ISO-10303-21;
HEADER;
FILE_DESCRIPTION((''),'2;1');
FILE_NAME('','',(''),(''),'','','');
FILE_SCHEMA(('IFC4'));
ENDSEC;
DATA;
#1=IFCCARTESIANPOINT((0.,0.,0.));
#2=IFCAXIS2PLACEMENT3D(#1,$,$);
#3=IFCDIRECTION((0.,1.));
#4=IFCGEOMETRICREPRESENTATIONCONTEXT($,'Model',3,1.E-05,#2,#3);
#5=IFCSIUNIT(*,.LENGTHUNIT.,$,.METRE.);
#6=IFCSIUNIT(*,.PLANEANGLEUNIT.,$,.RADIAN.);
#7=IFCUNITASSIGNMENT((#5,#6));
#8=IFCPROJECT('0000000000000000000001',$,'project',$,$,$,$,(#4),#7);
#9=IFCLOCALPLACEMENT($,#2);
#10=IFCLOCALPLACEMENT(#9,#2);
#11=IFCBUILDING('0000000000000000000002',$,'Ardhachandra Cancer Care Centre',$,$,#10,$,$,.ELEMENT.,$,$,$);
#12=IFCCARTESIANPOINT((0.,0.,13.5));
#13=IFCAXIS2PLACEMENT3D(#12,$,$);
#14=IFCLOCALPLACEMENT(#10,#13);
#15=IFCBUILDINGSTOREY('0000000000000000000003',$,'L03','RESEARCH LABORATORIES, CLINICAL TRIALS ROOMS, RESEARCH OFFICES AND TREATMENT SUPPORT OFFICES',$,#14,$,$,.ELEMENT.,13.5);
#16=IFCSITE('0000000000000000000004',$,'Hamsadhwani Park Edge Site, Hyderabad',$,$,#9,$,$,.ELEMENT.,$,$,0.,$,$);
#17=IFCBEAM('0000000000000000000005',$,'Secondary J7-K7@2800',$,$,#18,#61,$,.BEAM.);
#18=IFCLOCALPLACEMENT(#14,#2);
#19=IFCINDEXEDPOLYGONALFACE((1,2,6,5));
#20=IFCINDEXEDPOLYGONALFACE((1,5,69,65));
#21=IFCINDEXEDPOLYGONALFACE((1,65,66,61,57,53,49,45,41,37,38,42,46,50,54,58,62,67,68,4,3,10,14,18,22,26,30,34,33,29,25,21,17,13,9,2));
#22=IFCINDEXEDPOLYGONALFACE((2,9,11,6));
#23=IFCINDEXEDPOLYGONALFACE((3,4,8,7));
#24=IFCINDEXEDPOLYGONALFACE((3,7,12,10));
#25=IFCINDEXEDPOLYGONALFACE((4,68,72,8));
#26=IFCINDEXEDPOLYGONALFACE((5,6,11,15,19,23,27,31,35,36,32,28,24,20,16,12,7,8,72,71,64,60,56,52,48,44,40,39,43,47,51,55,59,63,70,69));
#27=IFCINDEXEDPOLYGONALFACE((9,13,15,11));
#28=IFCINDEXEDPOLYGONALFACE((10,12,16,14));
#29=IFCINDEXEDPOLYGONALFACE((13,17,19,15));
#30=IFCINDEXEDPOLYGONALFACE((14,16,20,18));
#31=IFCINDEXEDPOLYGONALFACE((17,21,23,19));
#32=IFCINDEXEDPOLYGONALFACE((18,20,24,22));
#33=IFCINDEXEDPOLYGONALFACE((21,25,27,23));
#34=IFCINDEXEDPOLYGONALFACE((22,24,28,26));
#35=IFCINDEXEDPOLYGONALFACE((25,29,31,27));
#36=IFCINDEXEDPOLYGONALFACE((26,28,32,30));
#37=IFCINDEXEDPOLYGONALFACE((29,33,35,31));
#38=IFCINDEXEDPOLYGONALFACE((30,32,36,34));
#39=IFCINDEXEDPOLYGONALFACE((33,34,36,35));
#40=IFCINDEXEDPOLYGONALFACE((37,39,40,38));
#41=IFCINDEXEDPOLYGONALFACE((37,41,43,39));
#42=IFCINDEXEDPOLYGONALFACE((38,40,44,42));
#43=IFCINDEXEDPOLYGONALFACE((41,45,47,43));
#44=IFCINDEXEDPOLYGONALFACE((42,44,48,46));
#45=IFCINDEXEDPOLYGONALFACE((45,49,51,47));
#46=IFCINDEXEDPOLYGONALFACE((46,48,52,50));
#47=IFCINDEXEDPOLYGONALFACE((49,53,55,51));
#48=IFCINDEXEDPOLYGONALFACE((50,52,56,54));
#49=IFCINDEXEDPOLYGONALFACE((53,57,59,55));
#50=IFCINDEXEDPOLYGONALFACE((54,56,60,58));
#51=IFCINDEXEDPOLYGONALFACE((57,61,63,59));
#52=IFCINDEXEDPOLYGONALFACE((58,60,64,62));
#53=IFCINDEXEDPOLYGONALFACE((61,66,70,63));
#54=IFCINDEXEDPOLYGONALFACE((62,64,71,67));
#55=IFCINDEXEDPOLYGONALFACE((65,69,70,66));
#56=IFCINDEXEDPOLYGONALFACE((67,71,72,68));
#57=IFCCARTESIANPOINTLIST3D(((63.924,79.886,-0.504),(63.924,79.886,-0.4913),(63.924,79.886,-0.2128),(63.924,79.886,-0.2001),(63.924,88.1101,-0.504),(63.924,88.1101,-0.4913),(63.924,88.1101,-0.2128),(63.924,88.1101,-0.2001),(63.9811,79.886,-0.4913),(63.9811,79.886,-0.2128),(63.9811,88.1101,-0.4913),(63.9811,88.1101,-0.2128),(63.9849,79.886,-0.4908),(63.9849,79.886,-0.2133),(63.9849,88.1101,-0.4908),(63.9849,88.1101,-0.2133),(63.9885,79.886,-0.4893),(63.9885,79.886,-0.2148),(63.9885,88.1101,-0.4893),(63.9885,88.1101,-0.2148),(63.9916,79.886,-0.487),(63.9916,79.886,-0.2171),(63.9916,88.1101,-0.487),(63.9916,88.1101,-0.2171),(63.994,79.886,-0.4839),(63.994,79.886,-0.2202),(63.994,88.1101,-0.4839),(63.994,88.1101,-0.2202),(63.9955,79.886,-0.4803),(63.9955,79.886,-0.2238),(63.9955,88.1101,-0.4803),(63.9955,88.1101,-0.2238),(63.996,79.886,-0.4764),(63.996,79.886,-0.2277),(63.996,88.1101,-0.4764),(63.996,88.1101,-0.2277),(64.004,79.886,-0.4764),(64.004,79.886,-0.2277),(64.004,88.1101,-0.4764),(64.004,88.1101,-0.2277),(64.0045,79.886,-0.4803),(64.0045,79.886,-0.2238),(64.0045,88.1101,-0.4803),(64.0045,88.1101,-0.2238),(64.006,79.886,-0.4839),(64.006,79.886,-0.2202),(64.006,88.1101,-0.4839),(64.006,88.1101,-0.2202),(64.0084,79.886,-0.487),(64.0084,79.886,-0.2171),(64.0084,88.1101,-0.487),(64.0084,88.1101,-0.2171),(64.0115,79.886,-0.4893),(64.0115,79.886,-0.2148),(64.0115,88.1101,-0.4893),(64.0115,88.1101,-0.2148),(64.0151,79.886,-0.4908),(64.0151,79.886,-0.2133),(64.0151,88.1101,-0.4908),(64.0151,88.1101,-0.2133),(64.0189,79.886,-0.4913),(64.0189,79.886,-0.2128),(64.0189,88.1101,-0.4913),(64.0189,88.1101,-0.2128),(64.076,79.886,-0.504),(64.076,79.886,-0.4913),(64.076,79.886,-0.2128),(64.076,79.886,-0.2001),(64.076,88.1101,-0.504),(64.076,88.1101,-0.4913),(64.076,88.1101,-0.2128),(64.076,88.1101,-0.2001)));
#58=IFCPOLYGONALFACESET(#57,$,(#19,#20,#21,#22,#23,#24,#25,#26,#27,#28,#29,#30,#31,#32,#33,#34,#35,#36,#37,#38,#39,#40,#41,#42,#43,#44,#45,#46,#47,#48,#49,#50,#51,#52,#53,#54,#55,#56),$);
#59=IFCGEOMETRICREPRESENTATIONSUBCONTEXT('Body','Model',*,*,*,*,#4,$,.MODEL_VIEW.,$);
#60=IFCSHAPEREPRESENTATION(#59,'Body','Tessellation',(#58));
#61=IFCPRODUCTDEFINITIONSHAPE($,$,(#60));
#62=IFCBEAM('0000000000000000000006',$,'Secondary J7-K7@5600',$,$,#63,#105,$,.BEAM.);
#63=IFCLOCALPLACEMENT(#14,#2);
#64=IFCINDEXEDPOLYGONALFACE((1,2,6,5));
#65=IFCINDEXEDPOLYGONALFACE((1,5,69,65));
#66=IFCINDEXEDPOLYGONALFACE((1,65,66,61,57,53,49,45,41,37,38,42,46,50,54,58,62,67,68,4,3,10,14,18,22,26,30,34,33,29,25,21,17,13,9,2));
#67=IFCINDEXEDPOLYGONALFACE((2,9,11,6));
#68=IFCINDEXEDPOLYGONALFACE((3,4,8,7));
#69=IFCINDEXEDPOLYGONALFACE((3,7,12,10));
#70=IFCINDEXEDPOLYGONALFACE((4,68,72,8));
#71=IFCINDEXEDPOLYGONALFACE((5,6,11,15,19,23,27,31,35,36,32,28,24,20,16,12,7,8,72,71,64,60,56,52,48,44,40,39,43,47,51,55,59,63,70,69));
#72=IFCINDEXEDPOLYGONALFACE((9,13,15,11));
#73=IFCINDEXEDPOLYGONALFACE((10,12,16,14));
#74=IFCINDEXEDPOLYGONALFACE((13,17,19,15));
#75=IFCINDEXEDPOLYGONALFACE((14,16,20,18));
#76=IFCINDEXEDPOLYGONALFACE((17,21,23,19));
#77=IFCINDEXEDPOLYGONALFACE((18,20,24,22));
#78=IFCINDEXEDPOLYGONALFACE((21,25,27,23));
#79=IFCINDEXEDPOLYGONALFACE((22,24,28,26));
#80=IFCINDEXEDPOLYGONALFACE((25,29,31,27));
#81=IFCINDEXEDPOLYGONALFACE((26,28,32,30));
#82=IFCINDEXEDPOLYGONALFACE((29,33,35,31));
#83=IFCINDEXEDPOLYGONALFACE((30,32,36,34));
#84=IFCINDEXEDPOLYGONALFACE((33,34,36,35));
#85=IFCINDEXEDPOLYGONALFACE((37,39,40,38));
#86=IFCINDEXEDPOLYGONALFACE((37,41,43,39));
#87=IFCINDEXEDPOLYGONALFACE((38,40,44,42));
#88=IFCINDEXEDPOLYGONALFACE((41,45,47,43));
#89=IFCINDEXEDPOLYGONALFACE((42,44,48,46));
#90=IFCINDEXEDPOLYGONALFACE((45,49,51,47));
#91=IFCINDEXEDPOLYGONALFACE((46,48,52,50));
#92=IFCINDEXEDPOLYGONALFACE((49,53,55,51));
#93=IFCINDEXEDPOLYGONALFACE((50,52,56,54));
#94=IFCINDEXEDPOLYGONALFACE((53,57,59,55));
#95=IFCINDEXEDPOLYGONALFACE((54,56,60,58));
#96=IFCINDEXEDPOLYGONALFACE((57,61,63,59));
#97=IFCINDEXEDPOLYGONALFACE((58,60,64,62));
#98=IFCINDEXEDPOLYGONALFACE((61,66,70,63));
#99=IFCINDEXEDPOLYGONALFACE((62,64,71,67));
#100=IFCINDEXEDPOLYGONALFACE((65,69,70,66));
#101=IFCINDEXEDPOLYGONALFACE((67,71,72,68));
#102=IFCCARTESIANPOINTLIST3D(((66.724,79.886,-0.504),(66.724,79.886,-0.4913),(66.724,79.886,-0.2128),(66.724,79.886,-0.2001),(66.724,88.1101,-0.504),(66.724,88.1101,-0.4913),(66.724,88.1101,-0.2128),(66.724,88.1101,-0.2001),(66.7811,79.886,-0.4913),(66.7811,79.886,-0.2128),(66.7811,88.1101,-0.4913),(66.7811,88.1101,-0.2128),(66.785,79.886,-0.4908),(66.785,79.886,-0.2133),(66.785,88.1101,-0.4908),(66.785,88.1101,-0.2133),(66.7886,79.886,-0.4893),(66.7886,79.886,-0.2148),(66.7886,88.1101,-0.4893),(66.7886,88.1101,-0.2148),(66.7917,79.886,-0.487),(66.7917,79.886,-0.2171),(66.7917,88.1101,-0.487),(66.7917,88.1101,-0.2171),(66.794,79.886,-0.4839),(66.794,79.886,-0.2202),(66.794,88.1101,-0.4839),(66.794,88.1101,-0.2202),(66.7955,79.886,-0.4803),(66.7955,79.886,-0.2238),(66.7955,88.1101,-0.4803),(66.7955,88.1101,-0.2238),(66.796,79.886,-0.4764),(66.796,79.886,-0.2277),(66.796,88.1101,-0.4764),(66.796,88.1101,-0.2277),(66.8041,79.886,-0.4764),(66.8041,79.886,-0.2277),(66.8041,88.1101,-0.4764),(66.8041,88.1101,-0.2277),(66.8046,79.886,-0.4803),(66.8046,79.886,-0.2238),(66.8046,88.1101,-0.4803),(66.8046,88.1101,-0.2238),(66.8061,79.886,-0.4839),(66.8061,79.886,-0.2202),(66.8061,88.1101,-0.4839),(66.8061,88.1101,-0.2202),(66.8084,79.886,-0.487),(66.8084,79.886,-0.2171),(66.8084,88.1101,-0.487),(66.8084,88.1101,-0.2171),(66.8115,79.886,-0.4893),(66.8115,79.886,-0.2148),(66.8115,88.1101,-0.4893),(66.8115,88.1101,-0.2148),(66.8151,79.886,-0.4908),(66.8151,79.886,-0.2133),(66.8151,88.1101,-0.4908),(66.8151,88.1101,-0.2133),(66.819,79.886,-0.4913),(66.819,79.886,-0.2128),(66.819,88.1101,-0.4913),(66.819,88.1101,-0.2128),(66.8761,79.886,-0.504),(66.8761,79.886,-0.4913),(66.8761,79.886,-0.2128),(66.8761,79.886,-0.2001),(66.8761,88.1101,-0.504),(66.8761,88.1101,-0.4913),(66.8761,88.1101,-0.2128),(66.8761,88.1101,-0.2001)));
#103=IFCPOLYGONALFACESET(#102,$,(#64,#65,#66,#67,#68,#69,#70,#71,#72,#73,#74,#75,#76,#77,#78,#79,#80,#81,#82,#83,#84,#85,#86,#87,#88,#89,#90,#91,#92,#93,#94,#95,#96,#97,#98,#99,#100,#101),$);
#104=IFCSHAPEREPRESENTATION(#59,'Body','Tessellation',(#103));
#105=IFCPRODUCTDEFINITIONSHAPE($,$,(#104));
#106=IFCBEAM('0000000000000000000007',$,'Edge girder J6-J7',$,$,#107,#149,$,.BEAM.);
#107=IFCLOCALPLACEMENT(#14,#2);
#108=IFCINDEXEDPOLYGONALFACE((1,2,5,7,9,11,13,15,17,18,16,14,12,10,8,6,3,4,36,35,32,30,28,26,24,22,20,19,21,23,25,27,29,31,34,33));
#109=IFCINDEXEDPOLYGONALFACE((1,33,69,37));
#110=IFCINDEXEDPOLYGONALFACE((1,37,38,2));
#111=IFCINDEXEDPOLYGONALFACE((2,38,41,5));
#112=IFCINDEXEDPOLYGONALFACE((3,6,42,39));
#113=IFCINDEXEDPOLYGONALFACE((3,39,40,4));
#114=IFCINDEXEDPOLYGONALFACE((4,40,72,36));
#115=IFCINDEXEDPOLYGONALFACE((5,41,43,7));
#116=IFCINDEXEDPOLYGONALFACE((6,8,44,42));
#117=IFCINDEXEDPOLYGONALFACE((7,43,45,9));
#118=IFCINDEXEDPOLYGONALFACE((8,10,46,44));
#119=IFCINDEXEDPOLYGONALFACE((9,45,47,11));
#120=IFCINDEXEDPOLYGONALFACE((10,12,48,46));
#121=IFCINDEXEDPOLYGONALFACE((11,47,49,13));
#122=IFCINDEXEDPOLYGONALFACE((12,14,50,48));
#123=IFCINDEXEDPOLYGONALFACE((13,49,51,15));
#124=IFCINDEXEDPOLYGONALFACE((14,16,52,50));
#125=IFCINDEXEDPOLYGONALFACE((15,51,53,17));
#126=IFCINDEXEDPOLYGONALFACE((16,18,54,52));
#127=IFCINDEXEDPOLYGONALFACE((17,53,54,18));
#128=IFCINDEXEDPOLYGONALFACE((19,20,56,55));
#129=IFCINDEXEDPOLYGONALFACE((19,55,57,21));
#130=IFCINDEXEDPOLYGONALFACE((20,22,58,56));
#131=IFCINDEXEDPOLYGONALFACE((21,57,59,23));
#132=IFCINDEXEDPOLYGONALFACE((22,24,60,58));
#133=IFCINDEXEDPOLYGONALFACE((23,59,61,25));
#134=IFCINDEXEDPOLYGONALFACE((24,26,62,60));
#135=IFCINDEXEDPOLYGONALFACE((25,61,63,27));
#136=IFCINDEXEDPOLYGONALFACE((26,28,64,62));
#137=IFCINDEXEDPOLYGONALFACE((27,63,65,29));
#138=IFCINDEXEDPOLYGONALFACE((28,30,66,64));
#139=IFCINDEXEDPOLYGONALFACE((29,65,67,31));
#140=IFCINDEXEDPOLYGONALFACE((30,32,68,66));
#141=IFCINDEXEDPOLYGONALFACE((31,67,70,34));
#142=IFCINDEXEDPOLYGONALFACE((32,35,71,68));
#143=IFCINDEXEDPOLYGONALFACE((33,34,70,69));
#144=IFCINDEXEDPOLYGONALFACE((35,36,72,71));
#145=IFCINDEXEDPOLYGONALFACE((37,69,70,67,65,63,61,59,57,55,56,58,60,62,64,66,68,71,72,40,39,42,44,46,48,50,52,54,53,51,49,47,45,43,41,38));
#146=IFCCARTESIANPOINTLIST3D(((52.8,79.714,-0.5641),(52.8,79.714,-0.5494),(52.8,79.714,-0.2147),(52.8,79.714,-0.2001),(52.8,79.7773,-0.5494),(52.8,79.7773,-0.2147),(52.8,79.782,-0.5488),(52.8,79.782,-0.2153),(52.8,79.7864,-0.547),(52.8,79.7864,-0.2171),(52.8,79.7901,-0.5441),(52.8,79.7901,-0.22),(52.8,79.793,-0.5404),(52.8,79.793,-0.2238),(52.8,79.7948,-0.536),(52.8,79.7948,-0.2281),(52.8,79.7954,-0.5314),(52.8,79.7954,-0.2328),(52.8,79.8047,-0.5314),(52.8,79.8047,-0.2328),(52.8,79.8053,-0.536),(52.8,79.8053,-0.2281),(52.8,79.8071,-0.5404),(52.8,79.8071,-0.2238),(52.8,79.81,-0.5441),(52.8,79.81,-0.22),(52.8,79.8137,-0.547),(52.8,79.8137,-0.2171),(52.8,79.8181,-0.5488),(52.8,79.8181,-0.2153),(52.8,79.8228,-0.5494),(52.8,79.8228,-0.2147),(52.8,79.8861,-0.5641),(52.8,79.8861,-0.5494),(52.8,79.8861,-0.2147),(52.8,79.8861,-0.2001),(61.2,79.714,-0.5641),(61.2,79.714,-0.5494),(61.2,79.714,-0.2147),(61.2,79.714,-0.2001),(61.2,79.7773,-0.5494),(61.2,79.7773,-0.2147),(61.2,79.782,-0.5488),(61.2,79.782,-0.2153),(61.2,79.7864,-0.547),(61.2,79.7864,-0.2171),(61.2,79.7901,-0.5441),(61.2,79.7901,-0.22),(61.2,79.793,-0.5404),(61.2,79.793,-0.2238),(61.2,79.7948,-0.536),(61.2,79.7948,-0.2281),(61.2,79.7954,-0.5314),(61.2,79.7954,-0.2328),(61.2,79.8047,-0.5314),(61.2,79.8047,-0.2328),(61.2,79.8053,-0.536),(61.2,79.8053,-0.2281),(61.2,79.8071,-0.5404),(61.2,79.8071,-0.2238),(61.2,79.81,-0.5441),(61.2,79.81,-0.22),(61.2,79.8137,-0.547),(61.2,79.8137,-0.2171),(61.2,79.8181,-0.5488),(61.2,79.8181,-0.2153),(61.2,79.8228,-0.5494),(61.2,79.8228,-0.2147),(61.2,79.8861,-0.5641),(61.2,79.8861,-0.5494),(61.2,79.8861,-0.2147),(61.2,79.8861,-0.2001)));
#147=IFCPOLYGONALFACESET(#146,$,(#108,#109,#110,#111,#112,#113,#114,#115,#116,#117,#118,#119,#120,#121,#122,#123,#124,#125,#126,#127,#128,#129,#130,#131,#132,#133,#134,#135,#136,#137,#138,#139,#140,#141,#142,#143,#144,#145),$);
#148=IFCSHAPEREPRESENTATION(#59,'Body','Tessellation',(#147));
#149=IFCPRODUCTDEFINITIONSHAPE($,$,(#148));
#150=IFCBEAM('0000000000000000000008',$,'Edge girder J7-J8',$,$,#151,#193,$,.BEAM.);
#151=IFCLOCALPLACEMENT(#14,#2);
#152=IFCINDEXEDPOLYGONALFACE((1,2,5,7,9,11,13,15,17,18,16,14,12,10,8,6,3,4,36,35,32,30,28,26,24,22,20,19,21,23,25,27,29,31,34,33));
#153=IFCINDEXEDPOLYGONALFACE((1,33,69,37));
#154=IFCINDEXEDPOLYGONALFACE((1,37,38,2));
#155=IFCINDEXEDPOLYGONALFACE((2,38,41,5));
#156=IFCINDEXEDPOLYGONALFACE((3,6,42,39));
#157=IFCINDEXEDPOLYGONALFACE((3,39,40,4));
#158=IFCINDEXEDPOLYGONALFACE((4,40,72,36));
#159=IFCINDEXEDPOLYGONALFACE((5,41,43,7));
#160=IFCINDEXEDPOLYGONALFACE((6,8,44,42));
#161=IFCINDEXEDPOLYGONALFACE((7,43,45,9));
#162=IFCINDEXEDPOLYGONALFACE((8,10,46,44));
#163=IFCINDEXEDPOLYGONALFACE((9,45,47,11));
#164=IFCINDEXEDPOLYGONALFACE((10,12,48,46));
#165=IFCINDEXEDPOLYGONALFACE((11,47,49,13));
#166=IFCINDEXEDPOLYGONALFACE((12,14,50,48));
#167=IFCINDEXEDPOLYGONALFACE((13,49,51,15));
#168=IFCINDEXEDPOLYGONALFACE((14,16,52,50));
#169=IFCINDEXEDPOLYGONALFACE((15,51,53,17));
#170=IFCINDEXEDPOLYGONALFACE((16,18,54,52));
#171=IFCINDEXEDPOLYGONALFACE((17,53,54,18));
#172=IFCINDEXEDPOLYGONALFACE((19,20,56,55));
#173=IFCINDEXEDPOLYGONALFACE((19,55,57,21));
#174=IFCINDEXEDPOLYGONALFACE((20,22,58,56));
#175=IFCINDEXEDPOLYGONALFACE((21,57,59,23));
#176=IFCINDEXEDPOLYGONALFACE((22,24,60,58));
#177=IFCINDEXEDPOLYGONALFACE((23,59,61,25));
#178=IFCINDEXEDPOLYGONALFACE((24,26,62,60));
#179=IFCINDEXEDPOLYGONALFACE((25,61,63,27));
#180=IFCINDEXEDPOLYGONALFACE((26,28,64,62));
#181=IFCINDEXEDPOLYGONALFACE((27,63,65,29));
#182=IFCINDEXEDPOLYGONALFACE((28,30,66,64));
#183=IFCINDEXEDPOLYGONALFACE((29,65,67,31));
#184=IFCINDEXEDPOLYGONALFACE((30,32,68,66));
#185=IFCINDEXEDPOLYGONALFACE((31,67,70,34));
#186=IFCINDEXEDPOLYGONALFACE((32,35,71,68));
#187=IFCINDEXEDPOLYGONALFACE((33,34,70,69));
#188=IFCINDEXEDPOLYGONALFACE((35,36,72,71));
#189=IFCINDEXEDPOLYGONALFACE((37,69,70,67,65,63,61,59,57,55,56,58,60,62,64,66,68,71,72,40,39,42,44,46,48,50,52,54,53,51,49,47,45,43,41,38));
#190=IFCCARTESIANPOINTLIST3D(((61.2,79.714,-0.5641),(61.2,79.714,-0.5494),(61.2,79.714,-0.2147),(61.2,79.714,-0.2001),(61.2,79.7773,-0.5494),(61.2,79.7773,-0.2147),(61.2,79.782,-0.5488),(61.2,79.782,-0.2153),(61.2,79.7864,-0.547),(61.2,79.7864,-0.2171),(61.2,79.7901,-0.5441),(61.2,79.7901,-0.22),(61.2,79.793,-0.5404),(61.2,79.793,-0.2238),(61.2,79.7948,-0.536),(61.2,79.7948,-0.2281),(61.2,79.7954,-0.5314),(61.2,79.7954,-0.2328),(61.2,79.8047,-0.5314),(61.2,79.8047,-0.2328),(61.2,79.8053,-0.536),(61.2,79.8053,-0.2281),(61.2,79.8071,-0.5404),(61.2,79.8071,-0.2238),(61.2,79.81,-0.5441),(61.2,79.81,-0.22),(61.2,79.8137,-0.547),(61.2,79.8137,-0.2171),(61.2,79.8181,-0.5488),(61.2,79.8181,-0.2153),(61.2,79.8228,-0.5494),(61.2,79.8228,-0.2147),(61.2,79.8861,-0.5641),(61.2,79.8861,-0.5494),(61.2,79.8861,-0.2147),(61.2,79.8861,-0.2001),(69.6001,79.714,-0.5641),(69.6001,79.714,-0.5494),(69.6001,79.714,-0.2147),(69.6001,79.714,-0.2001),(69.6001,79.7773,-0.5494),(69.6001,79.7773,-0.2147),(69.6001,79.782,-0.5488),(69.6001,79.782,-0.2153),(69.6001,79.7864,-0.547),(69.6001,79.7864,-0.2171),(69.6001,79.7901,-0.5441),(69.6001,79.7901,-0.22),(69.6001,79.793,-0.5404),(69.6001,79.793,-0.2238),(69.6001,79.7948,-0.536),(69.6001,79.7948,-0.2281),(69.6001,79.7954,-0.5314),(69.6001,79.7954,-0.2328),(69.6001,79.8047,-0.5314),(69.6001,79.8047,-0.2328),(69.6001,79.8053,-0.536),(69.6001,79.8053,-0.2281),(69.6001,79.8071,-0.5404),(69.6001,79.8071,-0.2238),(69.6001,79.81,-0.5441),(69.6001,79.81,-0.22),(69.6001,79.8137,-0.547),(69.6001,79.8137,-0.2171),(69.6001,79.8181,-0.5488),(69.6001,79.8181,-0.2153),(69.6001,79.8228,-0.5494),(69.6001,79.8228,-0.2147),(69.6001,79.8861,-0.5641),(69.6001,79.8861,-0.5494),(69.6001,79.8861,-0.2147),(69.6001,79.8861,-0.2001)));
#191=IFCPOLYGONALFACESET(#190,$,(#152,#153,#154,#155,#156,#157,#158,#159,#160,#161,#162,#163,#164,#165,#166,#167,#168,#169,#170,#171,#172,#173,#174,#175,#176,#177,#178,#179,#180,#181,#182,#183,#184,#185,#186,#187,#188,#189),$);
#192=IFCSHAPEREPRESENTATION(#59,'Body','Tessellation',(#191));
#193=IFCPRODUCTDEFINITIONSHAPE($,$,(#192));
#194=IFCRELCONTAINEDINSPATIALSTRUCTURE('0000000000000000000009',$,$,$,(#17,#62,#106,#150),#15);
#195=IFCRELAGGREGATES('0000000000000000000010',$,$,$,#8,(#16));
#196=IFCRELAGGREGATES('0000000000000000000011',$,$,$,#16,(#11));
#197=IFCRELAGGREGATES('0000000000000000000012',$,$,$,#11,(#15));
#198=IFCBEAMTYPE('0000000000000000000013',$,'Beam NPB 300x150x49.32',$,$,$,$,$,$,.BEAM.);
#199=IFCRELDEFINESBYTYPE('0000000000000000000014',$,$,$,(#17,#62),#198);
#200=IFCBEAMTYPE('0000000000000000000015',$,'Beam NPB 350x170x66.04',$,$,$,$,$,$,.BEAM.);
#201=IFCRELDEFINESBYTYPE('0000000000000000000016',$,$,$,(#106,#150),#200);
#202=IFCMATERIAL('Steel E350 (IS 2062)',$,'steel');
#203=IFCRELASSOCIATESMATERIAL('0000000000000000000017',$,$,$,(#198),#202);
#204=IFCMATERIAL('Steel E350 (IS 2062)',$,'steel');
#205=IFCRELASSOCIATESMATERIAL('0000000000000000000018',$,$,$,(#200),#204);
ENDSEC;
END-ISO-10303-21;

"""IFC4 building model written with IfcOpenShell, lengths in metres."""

from ifc_helpers import new_model, si_unit, direction, frame, origin, origin_2d, place, context, subcontext, project, spatial, i_section, extrude, material, material_profile, profile_set, type_object, element, save


model = new_model("IFC4")

# Units and contexts
model_context = context("Model", 3, precision=1e-05, world=origin(), true_north=direction((0.0, 1.0)))
body_context = subcontext(model_context, "Body", "Model", "MODEL_VIEW")
ifc_project = project(units=[si_unit("LENGTHUNIT", "METRE"), si_unit("PLANEANGLEUNIT", "RADIAN")], contexts=[model_context])

# Site, building, storey
site_placement = place(None, origin())
site = spatial("IfcSite", under=ifc_project, at=site_placement, Name="Hamsadhwani Park Edge Site, Hyderabad", CompositionType="ELEMENT", RefElevation=0.0)
building_placement = place(site_placement, origin())
building = spatial("IfcBuilding", under=site, at=building_placement, Name="Ardhachandra Cancer Care Centre", CompositionType="ELEMENT")
storey_placement = place(building_placement, frame((0.0, 0.0, 13.5)))
storey = spatial("IfcBuildingStorey", under=building, at=storey_placement, Name="L03", Description="RESEARCH LABORATORIES, CLINICAL TRIALS ROOMS, RESEARCH OFFICES AND TREATMENT SUPPORT OFFICES", CompositionType="ELEMENT", Elevation=13.5)

# Beams
ifc_material_1 = material(Name="Steel E350 (IS 2062)", Category="steel")
ifc_material_profile_1 = material_profile(ifc_material_1, i_section(OverallWidth=0.1521, OverallDepth=0.304, WebThickness=0.0081, FlangeThickness=0.0127, FilletRadius=0.0149, at=origin_2d()), Name="NPB 300x150x49.32")
ifc_profile_set_1 = profile_set([ifc_material_profile_1], Name="Steel E350 (IS 2062)")
beam_type_1 = type_object("IfcBeamType", Name="Beam NPB 300x150x49.32", PredefinedType="BEAM", material=ifc_profile_set_1)
for number, where, z_axis, x_axis, name in (
    (1, (64.0, 79.886, -0.3521), (0.0, 1.0, 0.0), (-1.0, 0.0, 0.0), "Secondary J7-K7@2800"),
    (2, (66.8, 79.886, -0.3521), (0.0, 1.0, 0.0), (-1.0, 0.0, 0.0), "Secondary J7-K7@5600"),
):
    element("IfcBeam", number, at=place(storey_placement, frame(where, z_axis=z_axis, x_axis=x_axis)), inside=storey, type_object=beam_type_1, Name=name, PredefinedType="BEAM", context=body_context, shape_type="SweptSolid", body=[
        extrude(i_section(OverallWidth=0.1521, OverallDepth=0.304, WebThickness=0.0081, FlangeThickness=0.0127, FilletRadius=0.0149, at=origin_2d()), origin(), (0.0, 0.0, 1.0), 8.2241),
    ])
ifc_material_2 = material(Name="Steel E350 (IS 2062)", Category="steel")
ifc_material_profile_2 = material_profile(ifc_material_2, i_section(OverallWidth=0.1721, OverallDepth=0.364, WebThickness=0.0093, FlangeThickness=0.0146, FilletRadius=0.0181, at=origin_2d()), Name="NPB 350x170x66.04")
ifc_profile_set_2 = profile_set([ifc_material_profile_2], Name="Steel E350 (IS 2062)")
beam_type_2 = type_object("IfcBeamType", Name="Beam NPB 350x170x66.04", PredefinedType="BEAM", material=ifc_profile_set_2)
beam_1_placement = place(storey_placement, frame((52.8, 79.8, -0.3821), z_axis=(1.0, 0.0, 0.0), x_axis=(0.0, 1.0, 0.0)))
element("IfcBeam", 3, at=beam_1_placement, inside=storey, type_object=beam_type_2, Name="Edge girder J6-J7", PredefinedType="BEAM", context=body_context, shape_type="SweptSolid", body=[
    extrude(i_section(OverallWidth=0.1721, OverallDepth=0.364, WebThickness=0.0093, FlangeThickness=0.0146, FilletRadius=0.0181, at=origin_2d()), origin(), (0.0, 0.0, 1.0), 8.3999),
])
beam_2_placement = place(storey_placement, frame((61.2, 79.8, -0.3821), z_axis=(1.0, 0.0, 0.0), x_axis=(0.0, 1.0, 0.0)))
element("IfcBeam", 4, at=beam_2_placement, inside=storey, type_object=beam_type_2, Name="Edge girder J7-J8", PredefinedType="BEAM", context=body_context, shape_type="SweptSolid", body=[
    extrude(i_section(OverallWidth=0.1721, OverallDepth=0.364, WebThickness=0.0093, FlangeThickness=0.0146, FilletRadius=0.0181, at=origin_2d()), origin(), (0.0, 0.0, 1.0), 8.4001),
])

save(model, "model.ifc")
